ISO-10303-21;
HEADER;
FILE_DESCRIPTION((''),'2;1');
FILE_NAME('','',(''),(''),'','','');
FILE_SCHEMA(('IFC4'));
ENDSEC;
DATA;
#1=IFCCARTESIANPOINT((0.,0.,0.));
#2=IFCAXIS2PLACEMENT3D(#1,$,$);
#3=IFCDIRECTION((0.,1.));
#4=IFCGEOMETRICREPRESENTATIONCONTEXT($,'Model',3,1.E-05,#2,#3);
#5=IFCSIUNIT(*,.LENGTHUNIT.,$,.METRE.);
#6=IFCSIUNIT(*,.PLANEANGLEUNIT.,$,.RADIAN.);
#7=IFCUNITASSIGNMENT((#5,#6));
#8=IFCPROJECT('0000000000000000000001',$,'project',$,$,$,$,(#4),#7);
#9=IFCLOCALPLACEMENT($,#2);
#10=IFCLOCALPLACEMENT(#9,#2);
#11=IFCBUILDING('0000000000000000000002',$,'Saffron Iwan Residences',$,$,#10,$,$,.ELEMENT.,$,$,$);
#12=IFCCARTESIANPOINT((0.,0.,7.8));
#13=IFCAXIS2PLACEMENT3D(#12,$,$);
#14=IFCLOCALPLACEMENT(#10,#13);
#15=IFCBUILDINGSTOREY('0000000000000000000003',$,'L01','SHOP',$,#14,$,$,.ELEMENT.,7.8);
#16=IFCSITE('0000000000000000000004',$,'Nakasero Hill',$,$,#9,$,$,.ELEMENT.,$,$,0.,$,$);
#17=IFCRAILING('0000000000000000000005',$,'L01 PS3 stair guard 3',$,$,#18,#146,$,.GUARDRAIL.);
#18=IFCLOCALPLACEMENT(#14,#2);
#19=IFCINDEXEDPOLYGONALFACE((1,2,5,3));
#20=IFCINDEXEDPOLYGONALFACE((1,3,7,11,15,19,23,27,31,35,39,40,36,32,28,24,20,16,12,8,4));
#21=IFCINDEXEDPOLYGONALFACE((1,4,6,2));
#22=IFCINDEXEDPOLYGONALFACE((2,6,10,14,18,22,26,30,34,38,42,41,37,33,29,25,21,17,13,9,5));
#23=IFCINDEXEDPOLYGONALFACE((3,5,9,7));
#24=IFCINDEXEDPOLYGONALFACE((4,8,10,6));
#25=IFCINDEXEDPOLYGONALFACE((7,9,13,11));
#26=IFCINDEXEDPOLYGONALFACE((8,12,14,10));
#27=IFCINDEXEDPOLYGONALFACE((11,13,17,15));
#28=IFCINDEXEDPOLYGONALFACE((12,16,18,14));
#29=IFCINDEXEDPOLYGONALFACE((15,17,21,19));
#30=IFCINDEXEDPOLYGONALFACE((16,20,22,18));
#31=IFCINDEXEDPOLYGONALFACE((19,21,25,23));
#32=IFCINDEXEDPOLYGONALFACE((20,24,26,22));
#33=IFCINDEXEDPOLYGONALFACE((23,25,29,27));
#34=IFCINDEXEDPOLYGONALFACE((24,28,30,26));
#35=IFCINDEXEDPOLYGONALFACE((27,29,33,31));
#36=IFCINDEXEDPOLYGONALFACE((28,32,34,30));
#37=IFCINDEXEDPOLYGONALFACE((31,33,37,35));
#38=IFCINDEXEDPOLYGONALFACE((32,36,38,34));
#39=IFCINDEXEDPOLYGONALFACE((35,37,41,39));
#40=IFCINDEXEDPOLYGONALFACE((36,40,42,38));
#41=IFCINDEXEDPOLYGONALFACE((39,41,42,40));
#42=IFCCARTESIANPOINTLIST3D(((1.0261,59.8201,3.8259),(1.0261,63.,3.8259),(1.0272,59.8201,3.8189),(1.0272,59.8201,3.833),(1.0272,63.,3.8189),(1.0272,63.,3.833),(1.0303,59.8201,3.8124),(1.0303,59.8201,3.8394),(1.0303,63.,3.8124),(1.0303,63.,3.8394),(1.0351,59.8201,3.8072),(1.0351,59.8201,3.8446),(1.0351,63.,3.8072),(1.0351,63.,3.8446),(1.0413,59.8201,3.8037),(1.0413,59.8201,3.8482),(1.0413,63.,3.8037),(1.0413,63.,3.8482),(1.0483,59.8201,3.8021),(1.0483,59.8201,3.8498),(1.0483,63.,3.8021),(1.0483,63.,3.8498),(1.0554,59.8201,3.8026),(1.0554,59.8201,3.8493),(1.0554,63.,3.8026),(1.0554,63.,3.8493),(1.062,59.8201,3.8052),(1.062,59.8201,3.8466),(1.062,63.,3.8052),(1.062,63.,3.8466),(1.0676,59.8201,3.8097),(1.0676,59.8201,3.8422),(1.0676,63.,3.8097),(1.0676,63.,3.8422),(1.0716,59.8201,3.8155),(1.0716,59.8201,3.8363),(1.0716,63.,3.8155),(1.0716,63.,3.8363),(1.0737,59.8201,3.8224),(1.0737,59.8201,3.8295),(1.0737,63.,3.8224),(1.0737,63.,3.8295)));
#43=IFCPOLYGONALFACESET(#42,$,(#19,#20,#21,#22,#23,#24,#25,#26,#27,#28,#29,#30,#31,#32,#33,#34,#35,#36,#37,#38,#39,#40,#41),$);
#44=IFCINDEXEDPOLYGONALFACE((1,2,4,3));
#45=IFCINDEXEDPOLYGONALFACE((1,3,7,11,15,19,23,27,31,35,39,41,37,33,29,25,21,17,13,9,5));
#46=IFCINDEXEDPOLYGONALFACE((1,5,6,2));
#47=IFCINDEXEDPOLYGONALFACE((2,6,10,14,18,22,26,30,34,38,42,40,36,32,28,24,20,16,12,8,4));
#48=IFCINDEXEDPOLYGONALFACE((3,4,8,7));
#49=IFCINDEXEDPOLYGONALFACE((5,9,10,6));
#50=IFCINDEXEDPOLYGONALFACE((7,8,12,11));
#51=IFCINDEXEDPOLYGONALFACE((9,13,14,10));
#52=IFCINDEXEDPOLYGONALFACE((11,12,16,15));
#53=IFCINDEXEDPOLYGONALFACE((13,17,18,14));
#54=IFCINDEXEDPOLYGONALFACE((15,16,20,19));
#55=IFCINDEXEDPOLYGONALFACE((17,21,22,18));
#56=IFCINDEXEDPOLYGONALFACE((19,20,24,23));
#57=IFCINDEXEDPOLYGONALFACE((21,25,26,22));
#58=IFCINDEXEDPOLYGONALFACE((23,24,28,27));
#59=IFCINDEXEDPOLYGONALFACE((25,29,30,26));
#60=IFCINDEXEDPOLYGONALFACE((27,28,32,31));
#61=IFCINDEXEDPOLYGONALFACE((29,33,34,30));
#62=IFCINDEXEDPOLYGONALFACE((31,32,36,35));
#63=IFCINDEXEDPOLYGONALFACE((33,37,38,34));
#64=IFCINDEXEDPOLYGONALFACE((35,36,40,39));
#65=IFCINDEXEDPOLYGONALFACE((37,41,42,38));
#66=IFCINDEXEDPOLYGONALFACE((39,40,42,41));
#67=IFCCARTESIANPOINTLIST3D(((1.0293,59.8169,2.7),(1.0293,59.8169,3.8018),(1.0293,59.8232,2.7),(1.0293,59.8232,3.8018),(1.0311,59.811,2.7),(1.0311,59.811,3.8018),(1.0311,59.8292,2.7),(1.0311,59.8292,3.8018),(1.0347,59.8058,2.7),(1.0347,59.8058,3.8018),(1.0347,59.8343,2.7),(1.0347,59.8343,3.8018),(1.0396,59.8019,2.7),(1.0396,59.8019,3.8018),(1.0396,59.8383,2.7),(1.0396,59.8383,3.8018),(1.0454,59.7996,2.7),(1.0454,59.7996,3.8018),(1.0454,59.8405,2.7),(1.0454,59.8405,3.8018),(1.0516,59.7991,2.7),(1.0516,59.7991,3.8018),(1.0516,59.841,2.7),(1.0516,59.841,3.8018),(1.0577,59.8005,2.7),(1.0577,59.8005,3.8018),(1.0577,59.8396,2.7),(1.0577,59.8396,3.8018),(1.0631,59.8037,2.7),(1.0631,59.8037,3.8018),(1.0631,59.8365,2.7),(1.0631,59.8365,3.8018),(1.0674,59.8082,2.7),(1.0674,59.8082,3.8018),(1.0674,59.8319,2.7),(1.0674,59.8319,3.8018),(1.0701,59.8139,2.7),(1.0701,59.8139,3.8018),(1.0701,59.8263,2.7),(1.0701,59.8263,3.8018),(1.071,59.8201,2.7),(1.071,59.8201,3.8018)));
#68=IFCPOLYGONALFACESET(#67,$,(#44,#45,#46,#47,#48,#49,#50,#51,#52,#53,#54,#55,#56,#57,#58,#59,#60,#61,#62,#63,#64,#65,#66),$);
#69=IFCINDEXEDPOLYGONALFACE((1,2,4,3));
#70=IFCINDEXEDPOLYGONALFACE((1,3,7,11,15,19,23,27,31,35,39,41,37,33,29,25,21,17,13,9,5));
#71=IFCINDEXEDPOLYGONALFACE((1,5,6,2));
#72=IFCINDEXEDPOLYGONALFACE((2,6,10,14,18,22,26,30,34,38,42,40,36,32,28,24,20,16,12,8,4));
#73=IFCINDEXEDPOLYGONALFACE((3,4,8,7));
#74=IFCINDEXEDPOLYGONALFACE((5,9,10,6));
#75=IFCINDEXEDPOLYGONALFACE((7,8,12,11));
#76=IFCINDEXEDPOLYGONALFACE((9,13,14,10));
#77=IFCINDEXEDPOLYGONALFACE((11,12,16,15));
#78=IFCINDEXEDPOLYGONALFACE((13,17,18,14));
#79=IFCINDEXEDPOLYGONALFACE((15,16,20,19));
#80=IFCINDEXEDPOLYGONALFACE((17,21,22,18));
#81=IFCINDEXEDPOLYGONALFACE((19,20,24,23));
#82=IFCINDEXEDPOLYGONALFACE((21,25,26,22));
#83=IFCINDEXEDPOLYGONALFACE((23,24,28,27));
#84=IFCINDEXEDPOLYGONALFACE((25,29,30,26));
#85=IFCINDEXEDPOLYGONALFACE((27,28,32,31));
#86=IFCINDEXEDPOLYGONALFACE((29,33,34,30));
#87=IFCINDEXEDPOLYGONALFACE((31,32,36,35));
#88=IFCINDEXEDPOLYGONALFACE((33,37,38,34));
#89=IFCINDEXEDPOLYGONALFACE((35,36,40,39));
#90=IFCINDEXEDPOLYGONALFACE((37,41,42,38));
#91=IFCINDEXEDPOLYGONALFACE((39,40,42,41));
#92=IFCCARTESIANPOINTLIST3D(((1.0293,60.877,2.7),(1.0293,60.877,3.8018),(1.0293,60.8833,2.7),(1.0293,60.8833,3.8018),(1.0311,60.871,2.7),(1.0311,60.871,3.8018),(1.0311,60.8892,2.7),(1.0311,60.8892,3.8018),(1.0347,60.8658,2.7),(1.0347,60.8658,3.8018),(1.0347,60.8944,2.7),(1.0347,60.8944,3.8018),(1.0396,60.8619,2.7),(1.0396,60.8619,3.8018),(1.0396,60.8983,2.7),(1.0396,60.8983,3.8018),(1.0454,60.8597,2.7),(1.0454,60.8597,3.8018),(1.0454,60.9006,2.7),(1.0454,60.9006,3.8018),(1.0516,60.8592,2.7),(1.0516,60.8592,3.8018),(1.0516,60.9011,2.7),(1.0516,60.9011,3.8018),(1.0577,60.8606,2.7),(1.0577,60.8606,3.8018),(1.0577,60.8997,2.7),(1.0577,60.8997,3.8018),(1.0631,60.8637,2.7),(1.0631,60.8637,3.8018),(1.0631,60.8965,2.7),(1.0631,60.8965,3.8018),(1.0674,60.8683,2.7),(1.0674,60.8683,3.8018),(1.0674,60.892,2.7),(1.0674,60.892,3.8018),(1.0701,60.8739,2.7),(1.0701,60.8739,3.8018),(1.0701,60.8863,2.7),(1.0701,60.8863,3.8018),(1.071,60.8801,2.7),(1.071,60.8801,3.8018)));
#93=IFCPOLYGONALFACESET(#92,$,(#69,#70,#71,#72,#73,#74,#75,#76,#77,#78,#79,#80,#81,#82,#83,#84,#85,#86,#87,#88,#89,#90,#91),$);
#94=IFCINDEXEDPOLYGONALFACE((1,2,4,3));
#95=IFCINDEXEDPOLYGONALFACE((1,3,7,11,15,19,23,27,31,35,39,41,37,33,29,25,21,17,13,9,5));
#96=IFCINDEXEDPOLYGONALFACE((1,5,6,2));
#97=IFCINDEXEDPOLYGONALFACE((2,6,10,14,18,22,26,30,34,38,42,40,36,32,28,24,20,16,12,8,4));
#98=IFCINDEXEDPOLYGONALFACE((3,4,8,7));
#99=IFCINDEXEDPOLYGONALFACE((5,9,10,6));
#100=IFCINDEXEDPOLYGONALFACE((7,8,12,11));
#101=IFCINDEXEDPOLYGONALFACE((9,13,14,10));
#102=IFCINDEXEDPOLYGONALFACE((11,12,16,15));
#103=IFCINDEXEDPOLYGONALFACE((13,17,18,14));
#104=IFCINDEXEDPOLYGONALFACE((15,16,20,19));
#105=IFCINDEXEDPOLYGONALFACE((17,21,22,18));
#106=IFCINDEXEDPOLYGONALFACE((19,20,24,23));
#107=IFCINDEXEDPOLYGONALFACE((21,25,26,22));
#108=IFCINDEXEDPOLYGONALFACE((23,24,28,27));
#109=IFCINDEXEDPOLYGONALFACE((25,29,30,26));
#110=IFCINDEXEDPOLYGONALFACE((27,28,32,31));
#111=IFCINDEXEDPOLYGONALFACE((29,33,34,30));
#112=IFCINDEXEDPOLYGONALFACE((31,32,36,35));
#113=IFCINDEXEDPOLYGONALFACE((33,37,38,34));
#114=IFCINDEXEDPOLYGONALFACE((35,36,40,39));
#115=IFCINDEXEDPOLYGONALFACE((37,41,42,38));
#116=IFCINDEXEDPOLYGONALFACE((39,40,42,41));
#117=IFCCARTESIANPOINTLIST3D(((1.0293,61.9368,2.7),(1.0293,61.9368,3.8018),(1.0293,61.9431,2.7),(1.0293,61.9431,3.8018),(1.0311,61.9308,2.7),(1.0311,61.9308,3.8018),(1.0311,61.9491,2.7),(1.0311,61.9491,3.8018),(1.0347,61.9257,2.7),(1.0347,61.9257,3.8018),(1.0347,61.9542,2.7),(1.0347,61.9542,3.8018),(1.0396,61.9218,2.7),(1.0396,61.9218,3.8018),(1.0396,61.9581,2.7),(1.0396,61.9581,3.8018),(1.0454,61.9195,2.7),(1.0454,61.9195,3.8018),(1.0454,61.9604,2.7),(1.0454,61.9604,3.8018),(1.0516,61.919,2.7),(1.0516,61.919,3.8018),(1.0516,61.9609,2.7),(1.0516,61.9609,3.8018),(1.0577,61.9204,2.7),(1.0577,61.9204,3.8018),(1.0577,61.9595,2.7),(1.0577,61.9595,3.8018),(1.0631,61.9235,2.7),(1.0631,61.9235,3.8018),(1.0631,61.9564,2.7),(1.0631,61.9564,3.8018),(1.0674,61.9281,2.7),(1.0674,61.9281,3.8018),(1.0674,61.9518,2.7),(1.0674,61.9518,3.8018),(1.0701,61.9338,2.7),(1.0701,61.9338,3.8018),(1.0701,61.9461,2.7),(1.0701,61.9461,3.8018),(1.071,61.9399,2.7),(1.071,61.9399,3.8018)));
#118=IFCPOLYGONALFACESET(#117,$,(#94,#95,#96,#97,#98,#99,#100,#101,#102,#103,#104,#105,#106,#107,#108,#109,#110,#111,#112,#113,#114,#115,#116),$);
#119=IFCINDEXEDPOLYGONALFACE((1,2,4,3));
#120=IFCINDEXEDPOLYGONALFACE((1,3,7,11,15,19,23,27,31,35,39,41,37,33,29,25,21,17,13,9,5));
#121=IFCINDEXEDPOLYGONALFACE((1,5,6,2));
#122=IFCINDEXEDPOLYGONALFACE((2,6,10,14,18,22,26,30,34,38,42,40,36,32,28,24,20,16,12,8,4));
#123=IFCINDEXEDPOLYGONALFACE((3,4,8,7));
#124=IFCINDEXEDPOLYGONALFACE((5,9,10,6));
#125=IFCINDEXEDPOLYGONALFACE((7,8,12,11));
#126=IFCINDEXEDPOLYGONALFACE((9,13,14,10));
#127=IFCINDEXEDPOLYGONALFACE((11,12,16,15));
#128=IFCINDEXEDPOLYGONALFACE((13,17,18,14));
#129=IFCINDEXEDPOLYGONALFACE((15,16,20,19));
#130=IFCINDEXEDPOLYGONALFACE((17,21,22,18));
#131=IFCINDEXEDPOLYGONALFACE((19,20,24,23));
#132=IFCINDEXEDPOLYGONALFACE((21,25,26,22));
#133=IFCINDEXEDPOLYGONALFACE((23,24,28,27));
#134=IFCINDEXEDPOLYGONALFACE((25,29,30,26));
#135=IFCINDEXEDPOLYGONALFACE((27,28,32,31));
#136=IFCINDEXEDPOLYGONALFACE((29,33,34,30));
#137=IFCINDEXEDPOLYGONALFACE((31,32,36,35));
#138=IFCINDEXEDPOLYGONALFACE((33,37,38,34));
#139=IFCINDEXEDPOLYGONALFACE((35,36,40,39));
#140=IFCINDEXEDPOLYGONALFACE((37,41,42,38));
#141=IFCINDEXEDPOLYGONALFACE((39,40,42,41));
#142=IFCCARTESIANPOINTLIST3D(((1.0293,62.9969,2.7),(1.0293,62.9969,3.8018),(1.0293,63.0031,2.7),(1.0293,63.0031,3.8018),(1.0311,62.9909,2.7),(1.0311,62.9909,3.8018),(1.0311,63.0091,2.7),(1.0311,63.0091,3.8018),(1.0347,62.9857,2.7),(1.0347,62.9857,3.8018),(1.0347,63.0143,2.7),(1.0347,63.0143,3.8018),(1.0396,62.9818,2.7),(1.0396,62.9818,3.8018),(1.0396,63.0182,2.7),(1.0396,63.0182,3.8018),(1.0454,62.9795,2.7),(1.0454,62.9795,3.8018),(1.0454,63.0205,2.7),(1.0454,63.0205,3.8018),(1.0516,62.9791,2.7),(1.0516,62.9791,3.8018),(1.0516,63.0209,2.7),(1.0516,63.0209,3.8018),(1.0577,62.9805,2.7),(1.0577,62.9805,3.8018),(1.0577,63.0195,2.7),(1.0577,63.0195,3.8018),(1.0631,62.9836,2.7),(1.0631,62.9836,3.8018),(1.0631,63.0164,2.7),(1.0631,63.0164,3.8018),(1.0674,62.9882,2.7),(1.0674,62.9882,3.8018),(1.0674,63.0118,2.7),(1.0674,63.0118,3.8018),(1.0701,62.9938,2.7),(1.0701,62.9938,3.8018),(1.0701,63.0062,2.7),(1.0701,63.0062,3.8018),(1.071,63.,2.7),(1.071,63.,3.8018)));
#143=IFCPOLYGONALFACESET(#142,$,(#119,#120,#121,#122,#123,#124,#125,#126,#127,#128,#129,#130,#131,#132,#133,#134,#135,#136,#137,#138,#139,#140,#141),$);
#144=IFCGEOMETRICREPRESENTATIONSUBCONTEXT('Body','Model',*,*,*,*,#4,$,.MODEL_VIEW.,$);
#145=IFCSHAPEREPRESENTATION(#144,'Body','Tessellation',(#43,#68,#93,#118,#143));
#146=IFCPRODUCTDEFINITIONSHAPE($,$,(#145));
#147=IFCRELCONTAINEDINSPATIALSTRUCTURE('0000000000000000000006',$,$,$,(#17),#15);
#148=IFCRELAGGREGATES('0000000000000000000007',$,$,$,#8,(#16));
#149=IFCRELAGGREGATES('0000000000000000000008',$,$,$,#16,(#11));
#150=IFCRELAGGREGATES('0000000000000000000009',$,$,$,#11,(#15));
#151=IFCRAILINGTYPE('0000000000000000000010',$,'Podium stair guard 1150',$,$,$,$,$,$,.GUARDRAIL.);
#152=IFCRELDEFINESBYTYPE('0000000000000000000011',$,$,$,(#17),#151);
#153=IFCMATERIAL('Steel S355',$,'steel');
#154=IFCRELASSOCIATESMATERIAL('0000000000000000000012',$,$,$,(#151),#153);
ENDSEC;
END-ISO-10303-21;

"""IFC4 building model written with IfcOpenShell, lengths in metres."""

from ifc_helpers import new_model, si_unit, direction, frame, origin, origin_2d, place, context, subcontext, project, spatial, circle, extrude, material, type_object, element, save


model = new_model("IFC4")

# Units and contexts
model_context = context("Model", 3, precision=1e-05, world=origin(), true_north=direction((0.0, 1.0)))
body_context = subcontext(model_context, "Body", "Model", "MODEL_VIEW")
ifc_project = project(units=[si_unit("LENGTHUNIT", "METRE"), si_unit("PLANEANGLEUNIT", "RADIAN")], contexts=[model_context])

# Site, building, storey
site_placement = place(None, origin())
site = spatial("IfcSite", under=ifc_project, at=site_placement, Name="Nakasero Hill", CompositionType="ELEMENT", RefElevation=0.0)
building_placement = place(site_placement, origin())
building = spatial("IfcBuilding", under=site, at=building_placement, Name="Saffron Iwan Residences", CompositionType="ELEMENT")
storey_placement = place(building_placement, frame((0.0, 0.0, 7.8)))
storey = spatial("IfcBuildingStorey", under=building, at=storey_placement, Name="L01", Description="SHOP", CompositionType="ELEMENT", Elevation=7.8)

# Railing
ifc_material_1 = material(Name="Steel S355", Category="steel")
railing_type_1 = type_object("IfcRailingType", Name="Podium stair guard 1150", PredefinedType="GUARDRAIL", material=ifc_material_1)
railing_1_placement = place(storey_placement, frame((1.05, 59.8201, 2.7)))
element("IfcRailing", 1, at=railing_1_placement, inside=storey, type_object=railing_type_1, Name="L01 PS3 stair guard 3", PredefinedType="GUARDRAIL", context=body_context, shape_type="SweptSolid", body=[
    extrude(circle(Radius=0.0239, at=origin_2d()), frame((0.0, 0.0, 1.126), z_axis=(0.0, 1.0, 0.0), x_axis=(-1.0, 0.0, 0.0)), (0.0, 0.0, 1.0), 3.1799),
    extrude(circle(Radius=0.021, at=origin_2d()), origin(), (0.0, 0.0, 1.0), 1.1018),
    extrude(circle(Radius=0.021, at=origin_2d()), frame((0.0, 1.0601, 0.0)), (0.0, 0.0, 1.0), 1.1018),
    extrude(circle(Radius=0.021, at=origin_2d()), frame((0.0, 2.1199, 0.0)), (0.0, 0.0, 1.0), 1.1018),
    extrude(circle(Radius=0.021, at=origin_2d()), frame((0.0, 3.1799, 0.0)), (0.0, 0.0, 1.0), 1.1018),
])

save(model, "model.ifc")
